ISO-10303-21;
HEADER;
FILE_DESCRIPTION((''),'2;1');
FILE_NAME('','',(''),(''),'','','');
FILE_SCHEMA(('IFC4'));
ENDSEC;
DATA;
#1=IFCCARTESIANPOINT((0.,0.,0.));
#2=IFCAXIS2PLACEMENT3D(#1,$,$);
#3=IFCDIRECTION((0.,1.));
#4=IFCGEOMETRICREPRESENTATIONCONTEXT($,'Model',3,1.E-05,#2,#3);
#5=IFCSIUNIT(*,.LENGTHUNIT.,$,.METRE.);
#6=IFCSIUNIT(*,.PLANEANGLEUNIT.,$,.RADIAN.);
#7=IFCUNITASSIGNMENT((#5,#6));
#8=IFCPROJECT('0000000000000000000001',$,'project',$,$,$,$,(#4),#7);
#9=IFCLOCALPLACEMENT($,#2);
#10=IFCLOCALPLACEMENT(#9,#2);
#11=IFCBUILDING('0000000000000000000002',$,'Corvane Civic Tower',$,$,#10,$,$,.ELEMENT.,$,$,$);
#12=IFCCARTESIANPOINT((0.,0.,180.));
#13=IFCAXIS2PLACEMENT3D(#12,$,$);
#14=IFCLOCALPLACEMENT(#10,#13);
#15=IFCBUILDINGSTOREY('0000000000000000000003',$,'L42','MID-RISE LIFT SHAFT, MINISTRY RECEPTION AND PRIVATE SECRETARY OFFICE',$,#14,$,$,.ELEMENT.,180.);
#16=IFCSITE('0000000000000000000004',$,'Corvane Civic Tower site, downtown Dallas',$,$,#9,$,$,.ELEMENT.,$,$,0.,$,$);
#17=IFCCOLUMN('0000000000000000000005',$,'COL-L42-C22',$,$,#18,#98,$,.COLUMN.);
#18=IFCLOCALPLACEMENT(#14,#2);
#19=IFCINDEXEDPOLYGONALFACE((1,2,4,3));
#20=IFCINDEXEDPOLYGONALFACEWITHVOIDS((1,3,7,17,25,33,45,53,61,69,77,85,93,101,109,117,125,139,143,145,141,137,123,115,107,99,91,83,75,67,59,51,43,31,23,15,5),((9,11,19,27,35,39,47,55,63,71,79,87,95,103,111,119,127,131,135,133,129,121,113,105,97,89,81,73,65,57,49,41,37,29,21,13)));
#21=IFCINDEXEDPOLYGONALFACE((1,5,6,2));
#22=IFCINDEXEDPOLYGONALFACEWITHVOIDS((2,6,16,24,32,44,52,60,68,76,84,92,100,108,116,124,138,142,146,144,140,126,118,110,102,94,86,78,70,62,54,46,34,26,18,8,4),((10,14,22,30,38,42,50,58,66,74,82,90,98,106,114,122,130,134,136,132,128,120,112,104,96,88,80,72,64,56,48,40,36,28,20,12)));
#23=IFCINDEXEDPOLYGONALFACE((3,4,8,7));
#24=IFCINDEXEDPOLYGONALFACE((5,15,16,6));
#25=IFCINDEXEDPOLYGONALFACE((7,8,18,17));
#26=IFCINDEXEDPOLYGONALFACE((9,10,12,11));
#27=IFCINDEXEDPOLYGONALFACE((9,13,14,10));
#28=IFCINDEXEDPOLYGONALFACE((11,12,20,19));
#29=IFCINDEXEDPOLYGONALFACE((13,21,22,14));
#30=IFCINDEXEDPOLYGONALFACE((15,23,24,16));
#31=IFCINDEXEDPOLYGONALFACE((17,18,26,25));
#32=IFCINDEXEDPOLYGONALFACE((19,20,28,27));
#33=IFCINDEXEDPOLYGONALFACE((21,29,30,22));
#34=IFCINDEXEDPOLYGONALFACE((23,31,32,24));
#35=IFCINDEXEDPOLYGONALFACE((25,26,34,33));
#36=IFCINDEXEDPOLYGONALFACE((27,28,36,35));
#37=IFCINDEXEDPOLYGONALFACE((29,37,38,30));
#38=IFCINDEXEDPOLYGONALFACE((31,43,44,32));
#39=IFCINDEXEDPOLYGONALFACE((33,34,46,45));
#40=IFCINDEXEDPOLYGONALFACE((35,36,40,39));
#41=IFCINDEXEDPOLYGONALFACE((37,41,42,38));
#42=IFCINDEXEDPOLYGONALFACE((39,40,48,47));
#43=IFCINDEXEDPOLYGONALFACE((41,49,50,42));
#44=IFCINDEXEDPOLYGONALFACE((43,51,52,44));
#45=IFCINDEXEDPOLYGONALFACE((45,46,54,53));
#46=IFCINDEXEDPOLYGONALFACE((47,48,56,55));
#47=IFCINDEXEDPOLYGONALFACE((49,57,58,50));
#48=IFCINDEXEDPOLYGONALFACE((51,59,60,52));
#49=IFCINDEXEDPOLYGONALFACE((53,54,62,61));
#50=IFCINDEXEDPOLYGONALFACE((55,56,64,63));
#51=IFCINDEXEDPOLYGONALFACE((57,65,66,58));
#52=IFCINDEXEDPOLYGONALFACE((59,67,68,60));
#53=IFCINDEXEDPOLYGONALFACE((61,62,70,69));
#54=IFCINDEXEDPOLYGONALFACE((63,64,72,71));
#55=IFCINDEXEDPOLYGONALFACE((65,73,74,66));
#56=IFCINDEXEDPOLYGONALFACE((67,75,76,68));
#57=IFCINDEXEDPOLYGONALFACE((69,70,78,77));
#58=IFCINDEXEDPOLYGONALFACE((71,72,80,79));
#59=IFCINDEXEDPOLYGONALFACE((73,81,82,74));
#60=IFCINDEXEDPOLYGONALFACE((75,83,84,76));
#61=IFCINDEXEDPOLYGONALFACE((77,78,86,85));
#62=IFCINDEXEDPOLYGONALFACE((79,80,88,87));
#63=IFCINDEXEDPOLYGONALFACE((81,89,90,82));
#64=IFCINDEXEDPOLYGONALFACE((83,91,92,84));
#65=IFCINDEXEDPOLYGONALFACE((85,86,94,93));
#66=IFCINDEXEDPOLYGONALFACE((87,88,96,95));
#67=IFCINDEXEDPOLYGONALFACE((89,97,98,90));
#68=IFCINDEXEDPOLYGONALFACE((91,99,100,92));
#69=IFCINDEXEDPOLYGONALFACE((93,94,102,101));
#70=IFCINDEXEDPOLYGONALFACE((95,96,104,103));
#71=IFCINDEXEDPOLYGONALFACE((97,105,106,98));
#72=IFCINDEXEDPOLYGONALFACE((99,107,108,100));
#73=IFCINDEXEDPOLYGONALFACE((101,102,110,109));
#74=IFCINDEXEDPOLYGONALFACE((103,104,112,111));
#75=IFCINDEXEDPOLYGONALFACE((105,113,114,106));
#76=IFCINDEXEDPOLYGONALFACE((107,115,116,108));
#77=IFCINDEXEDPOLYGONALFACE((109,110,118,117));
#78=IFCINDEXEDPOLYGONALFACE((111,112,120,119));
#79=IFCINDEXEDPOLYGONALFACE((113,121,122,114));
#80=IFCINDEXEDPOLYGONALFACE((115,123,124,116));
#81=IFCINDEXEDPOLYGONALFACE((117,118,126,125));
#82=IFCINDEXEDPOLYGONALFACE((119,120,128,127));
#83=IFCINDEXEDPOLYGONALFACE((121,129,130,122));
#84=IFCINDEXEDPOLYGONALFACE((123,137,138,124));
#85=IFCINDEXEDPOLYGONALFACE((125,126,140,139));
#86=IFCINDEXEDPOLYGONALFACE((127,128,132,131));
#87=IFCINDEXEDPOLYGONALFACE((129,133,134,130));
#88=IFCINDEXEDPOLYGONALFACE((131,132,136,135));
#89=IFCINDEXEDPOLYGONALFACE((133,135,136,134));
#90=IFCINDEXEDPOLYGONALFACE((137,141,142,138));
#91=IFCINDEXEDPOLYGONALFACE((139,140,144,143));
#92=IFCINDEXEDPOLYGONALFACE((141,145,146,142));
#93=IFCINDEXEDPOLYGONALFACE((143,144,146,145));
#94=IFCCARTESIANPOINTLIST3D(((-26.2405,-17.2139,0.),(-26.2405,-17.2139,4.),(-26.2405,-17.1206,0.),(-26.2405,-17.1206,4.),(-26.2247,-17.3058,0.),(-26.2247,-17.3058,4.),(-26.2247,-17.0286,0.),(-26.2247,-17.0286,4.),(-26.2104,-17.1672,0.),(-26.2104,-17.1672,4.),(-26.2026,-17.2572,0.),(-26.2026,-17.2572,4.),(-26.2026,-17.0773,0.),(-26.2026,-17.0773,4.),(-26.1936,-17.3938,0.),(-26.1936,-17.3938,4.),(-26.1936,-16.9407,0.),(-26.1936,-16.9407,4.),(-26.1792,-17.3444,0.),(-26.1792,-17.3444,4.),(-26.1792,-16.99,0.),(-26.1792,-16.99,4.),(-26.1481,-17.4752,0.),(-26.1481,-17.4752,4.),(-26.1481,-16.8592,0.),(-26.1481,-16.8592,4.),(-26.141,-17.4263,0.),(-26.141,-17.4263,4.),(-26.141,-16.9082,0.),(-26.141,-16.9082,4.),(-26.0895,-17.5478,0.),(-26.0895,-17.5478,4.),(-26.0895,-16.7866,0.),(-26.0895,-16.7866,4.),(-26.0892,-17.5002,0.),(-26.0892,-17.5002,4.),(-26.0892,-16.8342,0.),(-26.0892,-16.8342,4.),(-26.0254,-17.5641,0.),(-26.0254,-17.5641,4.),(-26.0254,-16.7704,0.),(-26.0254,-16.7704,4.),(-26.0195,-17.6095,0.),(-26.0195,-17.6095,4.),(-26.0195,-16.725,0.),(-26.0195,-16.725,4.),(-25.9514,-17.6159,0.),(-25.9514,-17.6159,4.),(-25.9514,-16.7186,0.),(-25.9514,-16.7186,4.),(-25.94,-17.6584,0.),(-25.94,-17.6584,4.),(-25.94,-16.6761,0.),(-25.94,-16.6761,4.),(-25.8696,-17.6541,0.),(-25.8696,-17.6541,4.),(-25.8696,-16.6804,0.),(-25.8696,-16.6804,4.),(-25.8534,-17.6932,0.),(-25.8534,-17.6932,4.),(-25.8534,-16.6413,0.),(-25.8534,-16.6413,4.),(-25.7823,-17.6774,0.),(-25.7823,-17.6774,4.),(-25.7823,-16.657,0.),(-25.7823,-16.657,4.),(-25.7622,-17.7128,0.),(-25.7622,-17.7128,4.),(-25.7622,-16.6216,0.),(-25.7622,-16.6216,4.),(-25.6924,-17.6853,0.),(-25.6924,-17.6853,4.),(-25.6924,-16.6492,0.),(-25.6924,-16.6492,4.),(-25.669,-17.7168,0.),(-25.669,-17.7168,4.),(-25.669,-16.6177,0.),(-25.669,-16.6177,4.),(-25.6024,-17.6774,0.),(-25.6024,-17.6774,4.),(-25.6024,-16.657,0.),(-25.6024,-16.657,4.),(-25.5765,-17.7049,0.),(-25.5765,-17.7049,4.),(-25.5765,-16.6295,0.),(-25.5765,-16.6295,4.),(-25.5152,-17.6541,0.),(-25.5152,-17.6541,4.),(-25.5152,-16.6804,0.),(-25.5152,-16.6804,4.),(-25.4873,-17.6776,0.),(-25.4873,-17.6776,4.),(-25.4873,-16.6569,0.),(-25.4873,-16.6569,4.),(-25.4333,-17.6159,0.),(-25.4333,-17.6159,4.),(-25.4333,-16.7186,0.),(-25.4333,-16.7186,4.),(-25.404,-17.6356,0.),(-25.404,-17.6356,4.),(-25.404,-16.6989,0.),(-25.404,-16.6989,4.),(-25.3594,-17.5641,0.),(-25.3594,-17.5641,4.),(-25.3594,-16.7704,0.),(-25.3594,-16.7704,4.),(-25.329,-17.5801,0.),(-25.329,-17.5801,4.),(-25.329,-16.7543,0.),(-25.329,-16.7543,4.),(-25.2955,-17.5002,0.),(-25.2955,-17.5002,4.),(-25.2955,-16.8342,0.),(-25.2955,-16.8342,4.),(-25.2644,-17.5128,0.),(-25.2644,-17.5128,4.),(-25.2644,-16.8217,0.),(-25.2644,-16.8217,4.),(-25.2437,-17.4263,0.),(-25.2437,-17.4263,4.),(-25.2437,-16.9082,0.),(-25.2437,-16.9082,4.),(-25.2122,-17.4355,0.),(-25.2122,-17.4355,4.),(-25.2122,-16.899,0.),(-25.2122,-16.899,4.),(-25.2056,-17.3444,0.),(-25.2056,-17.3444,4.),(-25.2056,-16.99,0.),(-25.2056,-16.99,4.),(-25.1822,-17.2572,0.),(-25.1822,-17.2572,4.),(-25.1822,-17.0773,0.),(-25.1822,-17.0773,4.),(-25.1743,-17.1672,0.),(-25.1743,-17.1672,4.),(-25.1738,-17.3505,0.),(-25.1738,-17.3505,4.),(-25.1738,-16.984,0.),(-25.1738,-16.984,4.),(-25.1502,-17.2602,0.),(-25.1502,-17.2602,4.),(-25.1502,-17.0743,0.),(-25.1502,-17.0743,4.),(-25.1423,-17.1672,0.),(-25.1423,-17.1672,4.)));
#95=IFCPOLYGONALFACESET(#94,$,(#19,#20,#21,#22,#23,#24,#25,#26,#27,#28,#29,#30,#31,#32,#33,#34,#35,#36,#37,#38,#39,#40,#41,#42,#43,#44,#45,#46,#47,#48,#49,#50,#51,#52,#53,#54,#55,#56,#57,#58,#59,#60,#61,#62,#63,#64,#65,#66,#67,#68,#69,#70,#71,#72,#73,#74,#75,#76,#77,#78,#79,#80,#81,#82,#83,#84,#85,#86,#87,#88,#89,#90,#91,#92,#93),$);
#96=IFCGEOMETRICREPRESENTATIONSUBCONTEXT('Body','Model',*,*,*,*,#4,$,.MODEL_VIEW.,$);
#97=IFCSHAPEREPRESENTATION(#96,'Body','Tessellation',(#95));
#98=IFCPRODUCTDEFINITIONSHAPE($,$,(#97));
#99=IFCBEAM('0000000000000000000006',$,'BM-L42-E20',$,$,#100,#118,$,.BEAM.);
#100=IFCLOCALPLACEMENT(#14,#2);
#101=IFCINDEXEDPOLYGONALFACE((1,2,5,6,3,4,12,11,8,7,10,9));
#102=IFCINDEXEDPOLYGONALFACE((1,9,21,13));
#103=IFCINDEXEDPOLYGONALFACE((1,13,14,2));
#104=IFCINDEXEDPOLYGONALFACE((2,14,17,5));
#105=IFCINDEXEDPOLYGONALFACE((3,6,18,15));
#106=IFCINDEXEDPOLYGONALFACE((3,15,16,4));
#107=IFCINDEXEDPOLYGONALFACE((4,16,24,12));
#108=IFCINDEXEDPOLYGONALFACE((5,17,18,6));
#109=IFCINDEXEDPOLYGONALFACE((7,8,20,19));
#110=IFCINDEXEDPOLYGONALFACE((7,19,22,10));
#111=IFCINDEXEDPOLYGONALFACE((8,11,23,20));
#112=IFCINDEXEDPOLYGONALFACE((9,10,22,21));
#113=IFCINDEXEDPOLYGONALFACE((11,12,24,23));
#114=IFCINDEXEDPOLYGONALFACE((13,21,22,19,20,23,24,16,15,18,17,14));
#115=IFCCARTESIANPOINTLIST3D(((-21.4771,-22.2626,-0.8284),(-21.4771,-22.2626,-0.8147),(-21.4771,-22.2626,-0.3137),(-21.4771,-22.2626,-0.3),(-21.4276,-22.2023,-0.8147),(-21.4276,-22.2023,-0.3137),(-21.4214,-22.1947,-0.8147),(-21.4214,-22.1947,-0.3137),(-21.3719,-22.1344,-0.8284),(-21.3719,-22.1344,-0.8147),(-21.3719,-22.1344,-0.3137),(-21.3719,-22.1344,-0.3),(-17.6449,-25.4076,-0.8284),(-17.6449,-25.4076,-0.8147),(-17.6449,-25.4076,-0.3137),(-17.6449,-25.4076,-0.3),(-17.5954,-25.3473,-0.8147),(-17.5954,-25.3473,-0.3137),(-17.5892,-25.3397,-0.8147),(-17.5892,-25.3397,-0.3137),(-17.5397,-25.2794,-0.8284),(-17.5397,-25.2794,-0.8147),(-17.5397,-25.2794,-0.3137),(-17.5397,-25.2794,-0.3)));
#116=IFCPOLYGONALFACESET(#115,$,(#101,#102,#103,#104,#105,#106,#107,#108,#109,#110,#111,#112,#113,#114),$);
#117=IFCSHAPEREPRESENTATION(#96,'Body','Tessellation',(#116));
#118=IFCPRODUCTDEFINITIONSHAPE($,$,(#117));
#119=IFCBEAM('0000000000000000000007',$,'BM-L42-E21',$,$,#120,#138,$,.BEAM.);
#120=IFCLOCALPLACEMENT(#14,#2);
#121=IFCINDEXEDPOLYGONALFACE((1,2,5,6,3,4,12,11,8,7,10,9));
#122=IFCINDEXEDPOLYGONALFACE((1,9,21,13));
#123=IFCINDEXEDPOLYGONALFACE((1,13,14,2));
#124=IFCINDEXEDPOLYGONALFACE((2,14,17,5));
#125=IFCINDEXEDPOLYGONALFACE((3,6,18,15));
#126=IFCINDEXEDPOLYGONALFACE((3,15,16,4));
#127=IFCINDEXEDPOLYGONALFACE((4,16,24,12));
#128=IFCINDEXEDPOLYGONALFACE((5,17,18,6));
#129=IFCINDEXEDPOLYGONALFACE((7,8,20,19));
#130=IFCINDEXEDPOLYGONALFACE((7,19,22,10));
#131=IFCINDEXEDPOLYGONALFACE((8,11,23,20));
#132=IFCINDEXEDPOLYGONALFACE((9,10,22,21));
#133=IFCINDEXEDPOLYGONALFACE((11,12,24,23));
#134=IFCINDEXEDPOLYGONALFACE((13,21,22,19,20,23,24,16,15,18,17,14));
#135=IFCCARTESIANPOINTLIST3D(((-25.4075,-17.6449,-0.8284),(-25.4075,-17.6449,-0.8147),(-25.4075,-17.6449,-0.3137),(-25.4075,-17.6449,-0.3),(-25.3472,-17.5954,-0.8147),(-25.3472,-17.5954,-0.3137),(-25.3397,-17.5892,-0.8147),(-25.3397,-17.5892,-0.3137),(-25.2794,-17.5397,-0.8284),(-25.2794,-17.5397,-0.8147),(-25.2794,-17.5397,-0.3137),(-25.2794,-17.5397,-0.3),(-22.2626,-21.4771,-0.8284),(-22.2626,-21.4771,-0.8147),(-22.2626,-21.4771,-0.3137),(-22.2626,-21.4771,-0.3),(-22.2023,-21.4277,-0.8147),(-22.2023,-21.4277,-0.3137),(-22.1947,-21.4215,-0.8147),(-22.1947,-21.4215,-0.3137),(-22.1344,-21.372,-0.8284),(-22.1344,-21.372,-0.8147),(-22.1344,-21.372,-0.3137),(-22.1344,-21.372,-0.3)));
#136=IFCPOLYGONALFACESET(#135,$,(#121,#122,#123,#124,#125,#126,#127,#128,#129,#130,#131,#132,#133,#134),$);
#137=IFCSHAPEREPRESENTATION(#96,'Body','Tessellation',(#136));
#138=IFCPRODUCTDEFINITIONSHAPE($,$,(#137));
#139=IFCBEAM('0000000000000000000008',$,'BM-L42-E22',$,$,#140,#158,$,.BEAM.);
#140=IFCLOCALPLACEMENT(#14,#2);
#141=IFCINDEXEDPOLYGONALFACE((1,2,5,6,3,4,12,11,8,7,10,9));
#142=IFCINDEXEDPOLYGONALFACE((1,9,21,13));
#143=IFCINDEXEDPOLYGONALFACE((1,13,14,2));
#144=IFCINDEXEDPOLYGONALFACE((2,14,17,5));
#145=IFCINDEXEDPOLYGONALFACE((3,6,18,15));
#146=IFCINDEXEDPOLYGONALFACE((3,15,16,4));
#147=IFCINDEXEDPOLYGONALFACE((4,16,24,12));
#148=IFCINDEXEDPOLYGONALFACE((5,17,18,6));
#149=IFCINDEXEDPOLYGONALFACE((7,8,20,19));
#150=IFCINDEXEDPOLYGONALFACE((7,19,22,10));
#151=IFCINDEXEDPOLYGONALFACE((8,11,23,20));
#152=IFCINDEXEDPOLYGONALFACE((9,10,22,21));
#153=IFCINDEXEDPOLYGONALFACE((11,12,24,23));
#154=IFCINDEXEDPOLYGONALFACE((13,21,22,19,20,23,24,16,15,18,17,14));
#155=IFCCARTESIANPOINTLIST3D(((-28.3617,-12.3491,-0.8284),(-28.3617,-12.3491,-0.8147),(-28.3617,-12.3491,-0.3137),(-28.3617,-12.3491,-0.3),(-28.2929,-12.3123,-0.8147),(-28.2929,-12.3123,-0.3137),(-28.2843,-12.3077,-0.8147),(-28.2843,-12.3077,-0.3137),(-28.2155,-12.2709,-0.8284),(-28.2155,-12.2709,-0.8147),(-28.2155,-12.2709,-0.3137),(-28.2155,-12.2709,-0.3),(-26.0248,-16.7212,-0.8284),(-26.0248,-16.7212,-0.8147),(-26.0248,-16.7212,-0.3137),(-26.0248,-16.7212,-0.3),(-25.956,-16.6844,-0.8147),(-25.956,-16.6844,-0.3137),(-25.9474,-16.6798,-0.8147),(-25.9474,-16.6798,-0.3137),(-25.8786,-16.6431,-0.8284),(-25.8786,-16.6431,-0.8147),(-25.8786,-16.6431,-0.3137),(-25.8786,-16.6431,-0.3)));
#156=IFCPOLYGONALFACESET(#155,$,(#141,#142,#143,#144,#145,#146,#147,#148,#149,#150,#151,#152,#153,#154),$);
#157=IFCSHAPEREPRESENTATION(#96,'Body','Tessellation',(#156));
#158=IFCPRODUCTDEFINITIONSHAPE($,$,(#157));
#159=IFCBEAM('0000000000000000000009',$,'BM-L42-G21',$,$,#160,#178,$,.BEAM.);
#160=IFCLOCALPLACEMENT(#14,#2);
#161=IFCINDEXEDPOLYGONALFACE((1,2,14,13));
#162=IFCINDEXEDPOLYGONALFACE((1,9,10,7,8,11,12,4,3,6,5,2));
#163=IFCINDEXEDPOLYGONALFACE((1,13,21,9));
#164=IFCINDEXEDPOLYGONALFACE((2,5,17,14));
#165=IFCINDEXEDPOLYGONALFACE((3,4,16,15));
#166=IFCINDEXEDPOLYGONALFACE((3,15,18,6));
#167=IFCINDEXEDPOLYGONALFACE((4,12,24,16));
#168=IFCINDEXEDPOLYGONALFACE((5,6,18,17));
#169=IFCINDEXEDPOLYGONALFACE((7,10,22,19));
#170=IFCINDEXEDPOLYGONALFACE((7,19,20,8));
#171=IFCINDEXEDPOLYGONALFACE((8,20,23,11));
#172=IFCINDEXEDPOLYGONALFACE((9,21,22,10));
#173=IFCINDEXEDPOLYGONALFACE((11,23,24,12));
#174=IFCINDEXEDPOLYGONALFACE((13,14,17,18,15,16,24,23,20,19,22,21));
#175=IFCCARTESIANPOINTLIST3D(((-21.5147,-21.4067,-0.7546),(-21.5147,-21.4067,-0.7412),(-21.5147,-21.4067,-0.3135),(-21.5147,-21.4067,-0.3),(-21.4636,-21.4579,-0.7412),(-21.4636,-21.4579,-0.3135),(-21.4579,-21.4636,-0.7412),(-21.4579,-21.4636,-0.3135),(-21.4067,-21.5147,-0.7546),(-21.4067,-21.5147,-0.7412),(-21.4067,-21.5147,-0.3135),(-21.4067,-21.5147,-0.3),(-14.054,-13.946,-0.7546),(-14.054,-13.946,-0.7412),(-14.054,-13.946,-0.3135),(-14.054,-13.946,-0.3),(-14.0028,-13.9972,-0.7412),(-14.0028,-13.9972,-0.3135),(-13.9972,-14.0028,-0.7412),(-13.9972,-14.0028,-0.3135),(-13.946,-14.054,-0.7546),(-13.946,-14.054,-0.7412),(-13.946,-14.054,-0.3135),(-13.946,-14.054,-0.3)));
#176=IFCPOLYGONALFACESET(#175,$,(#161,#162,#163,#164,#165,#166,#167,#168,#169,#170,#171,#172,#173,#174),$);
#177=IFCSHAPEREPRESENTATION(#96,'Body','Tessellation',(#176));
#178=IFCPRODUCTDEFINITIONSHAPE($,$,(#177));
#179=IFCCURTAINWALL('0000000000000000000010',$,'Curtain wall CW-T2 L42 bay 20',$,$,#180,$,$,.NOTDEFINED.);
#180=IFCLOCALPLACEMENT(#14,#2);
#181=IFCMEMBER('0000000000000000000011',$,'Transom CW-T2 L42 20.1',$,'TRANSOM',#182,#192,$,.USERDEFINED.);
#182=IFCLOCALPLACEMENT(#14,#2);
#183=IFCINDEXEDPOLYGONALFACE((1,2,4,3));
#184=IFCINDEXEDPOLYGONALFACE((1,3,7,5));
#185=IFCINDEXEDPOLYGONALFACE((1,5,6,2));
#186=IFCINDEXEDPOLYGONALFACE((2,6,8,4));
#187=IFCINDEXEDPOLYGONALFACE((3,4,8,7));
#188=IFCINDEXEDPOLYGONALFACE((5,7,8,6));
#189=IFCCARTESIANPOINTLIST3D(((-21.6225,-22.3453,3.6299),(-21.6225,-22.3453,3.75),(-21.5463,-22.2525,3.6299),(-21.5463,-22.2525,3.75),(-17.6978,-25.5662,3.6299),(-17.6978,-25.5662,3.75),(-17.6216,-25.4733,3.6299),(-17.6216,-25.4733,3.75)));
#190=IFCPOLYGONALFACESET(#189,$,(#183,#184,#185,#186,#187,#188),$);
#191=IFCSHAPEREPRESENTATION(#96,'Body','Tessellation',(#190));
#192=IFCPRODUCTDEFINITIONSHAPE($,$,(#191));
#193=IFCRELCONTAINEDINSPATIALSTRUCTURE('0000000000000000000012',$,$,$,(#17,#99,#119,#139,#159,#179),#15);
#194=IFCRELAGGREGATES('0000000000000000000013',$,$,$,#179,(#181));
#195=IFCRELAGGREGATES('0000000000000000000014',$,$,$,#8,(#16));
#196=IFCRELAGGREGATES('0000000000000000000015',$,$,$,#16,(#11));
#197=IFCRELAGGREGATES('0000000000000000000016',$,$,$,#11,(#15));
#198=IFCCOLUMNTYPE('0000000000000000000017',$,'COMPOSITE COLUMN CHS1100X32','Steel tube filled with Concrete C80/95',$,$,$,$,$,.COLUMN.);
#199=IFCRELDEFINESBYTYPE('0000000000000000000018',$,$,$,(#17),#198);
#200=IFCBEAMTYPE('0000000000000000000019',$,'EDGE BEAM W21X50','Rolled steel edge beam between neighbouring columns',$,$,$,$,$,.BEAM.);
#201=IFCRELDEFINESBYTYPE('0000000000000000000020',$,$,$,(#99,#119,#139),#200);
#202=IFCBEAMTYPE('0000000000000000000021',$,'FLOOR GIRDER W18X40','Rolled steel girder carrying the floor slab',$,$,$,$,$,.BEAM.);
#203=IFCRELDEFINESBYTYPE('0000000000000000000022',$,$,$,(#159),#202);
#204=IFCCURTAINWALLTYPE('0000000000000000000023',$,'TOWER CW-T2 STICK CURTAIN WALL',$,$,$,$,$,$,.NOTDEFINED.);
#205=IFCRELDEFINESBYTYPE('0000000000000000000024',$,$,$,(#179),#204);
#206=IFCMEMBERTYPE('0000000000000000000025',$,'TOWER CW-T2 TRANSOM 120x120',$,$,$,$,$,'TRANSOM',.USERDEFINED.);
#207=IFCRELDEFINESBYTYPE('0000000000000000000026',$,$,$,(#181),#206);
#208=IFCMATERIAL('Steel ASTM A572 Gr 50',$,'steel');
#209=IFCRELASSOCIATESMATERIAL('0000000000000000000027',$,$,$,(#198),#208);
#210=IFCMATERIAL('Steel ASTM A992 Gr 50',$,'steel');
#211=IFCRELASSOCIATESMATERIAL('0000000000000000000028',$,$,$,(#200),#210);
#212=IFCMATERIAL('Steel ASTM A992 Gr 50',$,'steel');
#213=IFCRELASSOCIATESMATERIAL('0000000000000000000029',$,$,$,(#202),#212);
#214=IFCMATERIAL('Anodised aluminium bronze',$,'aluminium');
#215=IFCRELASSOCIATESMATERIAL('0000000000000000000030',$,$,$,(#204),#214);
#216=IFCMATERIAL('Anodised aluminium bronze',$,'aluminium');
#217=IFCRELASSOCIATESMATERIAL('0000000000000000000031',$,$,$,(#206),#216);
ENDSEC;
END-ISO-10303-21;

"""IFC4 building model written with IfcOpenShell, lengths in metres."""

from ifc_helpers import new_model, si_unit, direction, frame, origin, origin_2d, place, context, subcontext, project, spatial, rectangle, hollow_circle, i_section, extrude, material, material_profile, profile_set, type_object, element, aggregate, save


model = new_model("IFC4")

# Units and contexts
model_context = context("Model", 3, precision=1e-05, world=origin(), true_north=direction((0.0, 1.0)))
body_context = subcontext(model_context, "Body", "Model", "MODEL_VIEW")
ifc_project = project(units=[si_unit("LENGTHUNIT", "METRE"), si_unit("PLANEANGLEUNIT", "RADIAN")], contexts=[model_context])

# Site, building, storey
site_placement = place(None, origin())
site = spatial("IfcSite", under=ifc_project, at=site_placement, Name="Corvane Civic Tower site, downtown Dallas", CompositionType="ELEMENT", RefElevation=0.0)
building_placement = place(site_placement, origin())
building = spatial("IfcBuilding", under=site, at=building_placement, Name="Corvane Civic Tower", CompositionType="ELEMENT")
storey_placement = place(building_placement, frame((0.0, 0.0, 180.0)))
storey = spatial("IfcBuildingStorey", under=building, at=storey_placement, Name="L42", Description="MID-RISE LIFT SHAFT, MINISTRY RECEPTION AND PRIVATE SECRETARY OFFICE", CompositionType="ELEMENT", Elevation=180.0)

# Column
ifc_material_1 = material(Name="Steel ASTM A572 Gr 50", Category="steel")
ifc_material_profile_1 = material_profile(ifc_material_1, hollow_circle(Radius=0.55, WallThickness=0.032, at=origin_2d()), Name="CHS1100X32")
ifc_profile_set_1 = profile_set([ifc_material_profile_1], Name="Steel ASTM A572 Gr 50")
column_type = type_object("IfcColumnType", Name="COMPOSITE COLUMN CHS1100X32", Description="Steel tube filled with Concrete C80/95", PredefinedType="COLUMN", material=ifc_profile_set_1)
for number, where, z_axis, x_axis, name in (
    (1, (-25.6924, -17.1672, 0.0), (0.0, 0.0, 1.0), (1.0, 0.0, 0.0), "COL-L42-C22"),
):
    element("IfcColumn", number, at=place(storey_placement, frame(where, z_axis=z_axis, x_axis=x_axis)), inside=storey, type_object=column_type, Name=name, PredefinedType="COLUMN", context=body_context, shape_type="SweptSolid", body=[
        extrude(hollow_circle(Radius=0.55, WallThickness=0.032, at=origin_2d()), origin(), (0.0, 0.0, 1.0), 4.0),
    ])

# Beams
ifc_material_2 = material(Name="Steel ASTM A992 Gr 50", Category="steel")
ifc_material_profile_2 = material_profile(ifc_material_2, i_section(OverallWidth=0.1658, OverallDepth=0.5283, WebThickness=0.0098, FlangeThickness=0.0137, at=origin_2d()), Name="W21X50")
ifc_profile_set_2 = profile_set([ifc_material_profile_2], Name="Steel ASTM A992 Gr 50")
beam_type_1 = type_object("IfcBeamType", Name="EDGE BEAM W21X50", Description="Rolled steel edge beam between neighbouring columns", PredefinedType="BEAM", material=ifc_profile_set_2)
for number, where, z_axis, x_axis, name in (
    (2, (-17.5923, -25.3435, -0.5642), (-0.773015, 0.634388, 0.0), (-0.634388, -0.773015, 0.0), "BM-L42-E20"),
    (3, (-22.1985, -21.4246, -0.5642), (-0.634388, 0.773015, 0.0), (-0.773015, -0.634388, 0.0), "BM-L42-E21"),
    (4, (-25.9517, -16.6821, -0.5642), (-0.471396, 0.881922, 0.0), (-0.881922, -0.471396, 0.0), "BM-L42-E22"),
):
    element("IfcBeam", number, at=place(storey_placement, frame(where, z_axis=z_axis, x_axis=x_axis)), inside=storey, type_object=beam_type_1, Name=name, PredefinedType="BEAM", context=body_context, shape_type="SweptSolid", body=[
        extrude(i_section(OverallWidth=0.1658, OverallDepth=0.5283, WebThickness=0.0098, FlangeThickness=0.0137, at=origin_2d()), origin(), (0.0, 0.0, 1.0), 4.9575),
    ])
ifc_material_3 = material(Name="Steel ASTM A992 Gr 50", Category="steel")
ifc_material_profile_3 = material_profile(ifc_material_3, i_section(OverallWidth=0.1528, OverallDepth=0.4546, WebThickness=0.0081, FlangeThickness=0.0134, at=origin_2d()), Name="W18X40")
ifc_profile_set_3 = profile_set([ifc_material_profile_3], Name="Steel ASTM A992 Gr 50")
beam_type_2 = type_object("IfcBeamType", Name="FLOOR GIRDER W18X40", Description="Rolled steel girder carrying the floor slab", PredefinedType="BEAM", material=ifc_profile_set_3)
beam_placement = place(storey_placement, frame((-14.0, -14.0, -0.5273), z_axis=(-0.707107, -0.707107, 0.0), x_axis=(0.707107, -0.707107, 0.0)))
element("IfcBeam", 5, at=beam_placement, inside=storey, type_object=beam_type_2, Name="BM-L42-G21", PredefinedType="BEAM", context=body_context, shape_type="SweptSolid", body=[
    extrude(i_section(OverallWidth=0.1528, OverallDepth=0.4546, WebThickness=0.0081, FlangeThickness=0.0134, at=origin_2d()), origin(), (0.0, 0.0, 1.0), 10.551),
])

# Curtain wall, member
ifc_material_4 = material(Name="Anodised aluminium bronze", Category="aluminium")
curtain_wall_type = type_object("IfcCurtainWallType", Name="TOWER CW-T2 STICK CURTAIN WALL", PredefinedType="NOTDEFINED", material=ifc_material_4)
curtain_wall_1_placement = place(storey_placement, origin())
curtain_wall_1 = element("IfcCurtainWall", 6, at=curtain_wall_1_placement, inside=storey, type_object=curtain_wall_type, Name="Curtain wall CW-T2 L42 bay 20", PredefinedType="NOTDEFINED")
ifc_material_5 = material(Name="Anodised aluminium bronze", Category="aluminium")
ifc_material_profile_4 = material_profile(ifc_material_5, rectangle(XDim=0.1201, YDim=0.1201, at=origin_2d()), Name="TOWER CW-T2 TRANSOM 120x120")
ifc_profile_set_4 = profile_set([ifc_material_profile_4], Name="Anodised aluminium bronze")
member_type = type_object("IfcMemberType", Name="TOWER CW-T2 TRANSOM 120x120", ElementType="TRANSOM", PredefinedType="USERDEFINED", material=ifc_profile_set_4)
member_1_placement = place(storey_placement, frame((-17.6597, -25.5198, 3.6899), z_axis=(-0.773016, 0.634387, 0.0), x_axis=(-0.634387, -0.773016, 0.0)))
member_1 = element("IfcMember", 7, at=member_1_placement, type_object=member_type, Name="Transom CW-T2 L42 20.1", ObjectType="TRANSOM", PredefinedType="USERDEFINED", context=body_context, shape_type="SweptSolid", body=[
    extrude(rectangle(XDim=0.1201, YDim=0.1201, at=origin_2d()), origin(), (0.0, 0.0, 1.0), 5.0771),
])

aggregate(curtain_wall_1, [member_1])

save(model, "model.ifc")
